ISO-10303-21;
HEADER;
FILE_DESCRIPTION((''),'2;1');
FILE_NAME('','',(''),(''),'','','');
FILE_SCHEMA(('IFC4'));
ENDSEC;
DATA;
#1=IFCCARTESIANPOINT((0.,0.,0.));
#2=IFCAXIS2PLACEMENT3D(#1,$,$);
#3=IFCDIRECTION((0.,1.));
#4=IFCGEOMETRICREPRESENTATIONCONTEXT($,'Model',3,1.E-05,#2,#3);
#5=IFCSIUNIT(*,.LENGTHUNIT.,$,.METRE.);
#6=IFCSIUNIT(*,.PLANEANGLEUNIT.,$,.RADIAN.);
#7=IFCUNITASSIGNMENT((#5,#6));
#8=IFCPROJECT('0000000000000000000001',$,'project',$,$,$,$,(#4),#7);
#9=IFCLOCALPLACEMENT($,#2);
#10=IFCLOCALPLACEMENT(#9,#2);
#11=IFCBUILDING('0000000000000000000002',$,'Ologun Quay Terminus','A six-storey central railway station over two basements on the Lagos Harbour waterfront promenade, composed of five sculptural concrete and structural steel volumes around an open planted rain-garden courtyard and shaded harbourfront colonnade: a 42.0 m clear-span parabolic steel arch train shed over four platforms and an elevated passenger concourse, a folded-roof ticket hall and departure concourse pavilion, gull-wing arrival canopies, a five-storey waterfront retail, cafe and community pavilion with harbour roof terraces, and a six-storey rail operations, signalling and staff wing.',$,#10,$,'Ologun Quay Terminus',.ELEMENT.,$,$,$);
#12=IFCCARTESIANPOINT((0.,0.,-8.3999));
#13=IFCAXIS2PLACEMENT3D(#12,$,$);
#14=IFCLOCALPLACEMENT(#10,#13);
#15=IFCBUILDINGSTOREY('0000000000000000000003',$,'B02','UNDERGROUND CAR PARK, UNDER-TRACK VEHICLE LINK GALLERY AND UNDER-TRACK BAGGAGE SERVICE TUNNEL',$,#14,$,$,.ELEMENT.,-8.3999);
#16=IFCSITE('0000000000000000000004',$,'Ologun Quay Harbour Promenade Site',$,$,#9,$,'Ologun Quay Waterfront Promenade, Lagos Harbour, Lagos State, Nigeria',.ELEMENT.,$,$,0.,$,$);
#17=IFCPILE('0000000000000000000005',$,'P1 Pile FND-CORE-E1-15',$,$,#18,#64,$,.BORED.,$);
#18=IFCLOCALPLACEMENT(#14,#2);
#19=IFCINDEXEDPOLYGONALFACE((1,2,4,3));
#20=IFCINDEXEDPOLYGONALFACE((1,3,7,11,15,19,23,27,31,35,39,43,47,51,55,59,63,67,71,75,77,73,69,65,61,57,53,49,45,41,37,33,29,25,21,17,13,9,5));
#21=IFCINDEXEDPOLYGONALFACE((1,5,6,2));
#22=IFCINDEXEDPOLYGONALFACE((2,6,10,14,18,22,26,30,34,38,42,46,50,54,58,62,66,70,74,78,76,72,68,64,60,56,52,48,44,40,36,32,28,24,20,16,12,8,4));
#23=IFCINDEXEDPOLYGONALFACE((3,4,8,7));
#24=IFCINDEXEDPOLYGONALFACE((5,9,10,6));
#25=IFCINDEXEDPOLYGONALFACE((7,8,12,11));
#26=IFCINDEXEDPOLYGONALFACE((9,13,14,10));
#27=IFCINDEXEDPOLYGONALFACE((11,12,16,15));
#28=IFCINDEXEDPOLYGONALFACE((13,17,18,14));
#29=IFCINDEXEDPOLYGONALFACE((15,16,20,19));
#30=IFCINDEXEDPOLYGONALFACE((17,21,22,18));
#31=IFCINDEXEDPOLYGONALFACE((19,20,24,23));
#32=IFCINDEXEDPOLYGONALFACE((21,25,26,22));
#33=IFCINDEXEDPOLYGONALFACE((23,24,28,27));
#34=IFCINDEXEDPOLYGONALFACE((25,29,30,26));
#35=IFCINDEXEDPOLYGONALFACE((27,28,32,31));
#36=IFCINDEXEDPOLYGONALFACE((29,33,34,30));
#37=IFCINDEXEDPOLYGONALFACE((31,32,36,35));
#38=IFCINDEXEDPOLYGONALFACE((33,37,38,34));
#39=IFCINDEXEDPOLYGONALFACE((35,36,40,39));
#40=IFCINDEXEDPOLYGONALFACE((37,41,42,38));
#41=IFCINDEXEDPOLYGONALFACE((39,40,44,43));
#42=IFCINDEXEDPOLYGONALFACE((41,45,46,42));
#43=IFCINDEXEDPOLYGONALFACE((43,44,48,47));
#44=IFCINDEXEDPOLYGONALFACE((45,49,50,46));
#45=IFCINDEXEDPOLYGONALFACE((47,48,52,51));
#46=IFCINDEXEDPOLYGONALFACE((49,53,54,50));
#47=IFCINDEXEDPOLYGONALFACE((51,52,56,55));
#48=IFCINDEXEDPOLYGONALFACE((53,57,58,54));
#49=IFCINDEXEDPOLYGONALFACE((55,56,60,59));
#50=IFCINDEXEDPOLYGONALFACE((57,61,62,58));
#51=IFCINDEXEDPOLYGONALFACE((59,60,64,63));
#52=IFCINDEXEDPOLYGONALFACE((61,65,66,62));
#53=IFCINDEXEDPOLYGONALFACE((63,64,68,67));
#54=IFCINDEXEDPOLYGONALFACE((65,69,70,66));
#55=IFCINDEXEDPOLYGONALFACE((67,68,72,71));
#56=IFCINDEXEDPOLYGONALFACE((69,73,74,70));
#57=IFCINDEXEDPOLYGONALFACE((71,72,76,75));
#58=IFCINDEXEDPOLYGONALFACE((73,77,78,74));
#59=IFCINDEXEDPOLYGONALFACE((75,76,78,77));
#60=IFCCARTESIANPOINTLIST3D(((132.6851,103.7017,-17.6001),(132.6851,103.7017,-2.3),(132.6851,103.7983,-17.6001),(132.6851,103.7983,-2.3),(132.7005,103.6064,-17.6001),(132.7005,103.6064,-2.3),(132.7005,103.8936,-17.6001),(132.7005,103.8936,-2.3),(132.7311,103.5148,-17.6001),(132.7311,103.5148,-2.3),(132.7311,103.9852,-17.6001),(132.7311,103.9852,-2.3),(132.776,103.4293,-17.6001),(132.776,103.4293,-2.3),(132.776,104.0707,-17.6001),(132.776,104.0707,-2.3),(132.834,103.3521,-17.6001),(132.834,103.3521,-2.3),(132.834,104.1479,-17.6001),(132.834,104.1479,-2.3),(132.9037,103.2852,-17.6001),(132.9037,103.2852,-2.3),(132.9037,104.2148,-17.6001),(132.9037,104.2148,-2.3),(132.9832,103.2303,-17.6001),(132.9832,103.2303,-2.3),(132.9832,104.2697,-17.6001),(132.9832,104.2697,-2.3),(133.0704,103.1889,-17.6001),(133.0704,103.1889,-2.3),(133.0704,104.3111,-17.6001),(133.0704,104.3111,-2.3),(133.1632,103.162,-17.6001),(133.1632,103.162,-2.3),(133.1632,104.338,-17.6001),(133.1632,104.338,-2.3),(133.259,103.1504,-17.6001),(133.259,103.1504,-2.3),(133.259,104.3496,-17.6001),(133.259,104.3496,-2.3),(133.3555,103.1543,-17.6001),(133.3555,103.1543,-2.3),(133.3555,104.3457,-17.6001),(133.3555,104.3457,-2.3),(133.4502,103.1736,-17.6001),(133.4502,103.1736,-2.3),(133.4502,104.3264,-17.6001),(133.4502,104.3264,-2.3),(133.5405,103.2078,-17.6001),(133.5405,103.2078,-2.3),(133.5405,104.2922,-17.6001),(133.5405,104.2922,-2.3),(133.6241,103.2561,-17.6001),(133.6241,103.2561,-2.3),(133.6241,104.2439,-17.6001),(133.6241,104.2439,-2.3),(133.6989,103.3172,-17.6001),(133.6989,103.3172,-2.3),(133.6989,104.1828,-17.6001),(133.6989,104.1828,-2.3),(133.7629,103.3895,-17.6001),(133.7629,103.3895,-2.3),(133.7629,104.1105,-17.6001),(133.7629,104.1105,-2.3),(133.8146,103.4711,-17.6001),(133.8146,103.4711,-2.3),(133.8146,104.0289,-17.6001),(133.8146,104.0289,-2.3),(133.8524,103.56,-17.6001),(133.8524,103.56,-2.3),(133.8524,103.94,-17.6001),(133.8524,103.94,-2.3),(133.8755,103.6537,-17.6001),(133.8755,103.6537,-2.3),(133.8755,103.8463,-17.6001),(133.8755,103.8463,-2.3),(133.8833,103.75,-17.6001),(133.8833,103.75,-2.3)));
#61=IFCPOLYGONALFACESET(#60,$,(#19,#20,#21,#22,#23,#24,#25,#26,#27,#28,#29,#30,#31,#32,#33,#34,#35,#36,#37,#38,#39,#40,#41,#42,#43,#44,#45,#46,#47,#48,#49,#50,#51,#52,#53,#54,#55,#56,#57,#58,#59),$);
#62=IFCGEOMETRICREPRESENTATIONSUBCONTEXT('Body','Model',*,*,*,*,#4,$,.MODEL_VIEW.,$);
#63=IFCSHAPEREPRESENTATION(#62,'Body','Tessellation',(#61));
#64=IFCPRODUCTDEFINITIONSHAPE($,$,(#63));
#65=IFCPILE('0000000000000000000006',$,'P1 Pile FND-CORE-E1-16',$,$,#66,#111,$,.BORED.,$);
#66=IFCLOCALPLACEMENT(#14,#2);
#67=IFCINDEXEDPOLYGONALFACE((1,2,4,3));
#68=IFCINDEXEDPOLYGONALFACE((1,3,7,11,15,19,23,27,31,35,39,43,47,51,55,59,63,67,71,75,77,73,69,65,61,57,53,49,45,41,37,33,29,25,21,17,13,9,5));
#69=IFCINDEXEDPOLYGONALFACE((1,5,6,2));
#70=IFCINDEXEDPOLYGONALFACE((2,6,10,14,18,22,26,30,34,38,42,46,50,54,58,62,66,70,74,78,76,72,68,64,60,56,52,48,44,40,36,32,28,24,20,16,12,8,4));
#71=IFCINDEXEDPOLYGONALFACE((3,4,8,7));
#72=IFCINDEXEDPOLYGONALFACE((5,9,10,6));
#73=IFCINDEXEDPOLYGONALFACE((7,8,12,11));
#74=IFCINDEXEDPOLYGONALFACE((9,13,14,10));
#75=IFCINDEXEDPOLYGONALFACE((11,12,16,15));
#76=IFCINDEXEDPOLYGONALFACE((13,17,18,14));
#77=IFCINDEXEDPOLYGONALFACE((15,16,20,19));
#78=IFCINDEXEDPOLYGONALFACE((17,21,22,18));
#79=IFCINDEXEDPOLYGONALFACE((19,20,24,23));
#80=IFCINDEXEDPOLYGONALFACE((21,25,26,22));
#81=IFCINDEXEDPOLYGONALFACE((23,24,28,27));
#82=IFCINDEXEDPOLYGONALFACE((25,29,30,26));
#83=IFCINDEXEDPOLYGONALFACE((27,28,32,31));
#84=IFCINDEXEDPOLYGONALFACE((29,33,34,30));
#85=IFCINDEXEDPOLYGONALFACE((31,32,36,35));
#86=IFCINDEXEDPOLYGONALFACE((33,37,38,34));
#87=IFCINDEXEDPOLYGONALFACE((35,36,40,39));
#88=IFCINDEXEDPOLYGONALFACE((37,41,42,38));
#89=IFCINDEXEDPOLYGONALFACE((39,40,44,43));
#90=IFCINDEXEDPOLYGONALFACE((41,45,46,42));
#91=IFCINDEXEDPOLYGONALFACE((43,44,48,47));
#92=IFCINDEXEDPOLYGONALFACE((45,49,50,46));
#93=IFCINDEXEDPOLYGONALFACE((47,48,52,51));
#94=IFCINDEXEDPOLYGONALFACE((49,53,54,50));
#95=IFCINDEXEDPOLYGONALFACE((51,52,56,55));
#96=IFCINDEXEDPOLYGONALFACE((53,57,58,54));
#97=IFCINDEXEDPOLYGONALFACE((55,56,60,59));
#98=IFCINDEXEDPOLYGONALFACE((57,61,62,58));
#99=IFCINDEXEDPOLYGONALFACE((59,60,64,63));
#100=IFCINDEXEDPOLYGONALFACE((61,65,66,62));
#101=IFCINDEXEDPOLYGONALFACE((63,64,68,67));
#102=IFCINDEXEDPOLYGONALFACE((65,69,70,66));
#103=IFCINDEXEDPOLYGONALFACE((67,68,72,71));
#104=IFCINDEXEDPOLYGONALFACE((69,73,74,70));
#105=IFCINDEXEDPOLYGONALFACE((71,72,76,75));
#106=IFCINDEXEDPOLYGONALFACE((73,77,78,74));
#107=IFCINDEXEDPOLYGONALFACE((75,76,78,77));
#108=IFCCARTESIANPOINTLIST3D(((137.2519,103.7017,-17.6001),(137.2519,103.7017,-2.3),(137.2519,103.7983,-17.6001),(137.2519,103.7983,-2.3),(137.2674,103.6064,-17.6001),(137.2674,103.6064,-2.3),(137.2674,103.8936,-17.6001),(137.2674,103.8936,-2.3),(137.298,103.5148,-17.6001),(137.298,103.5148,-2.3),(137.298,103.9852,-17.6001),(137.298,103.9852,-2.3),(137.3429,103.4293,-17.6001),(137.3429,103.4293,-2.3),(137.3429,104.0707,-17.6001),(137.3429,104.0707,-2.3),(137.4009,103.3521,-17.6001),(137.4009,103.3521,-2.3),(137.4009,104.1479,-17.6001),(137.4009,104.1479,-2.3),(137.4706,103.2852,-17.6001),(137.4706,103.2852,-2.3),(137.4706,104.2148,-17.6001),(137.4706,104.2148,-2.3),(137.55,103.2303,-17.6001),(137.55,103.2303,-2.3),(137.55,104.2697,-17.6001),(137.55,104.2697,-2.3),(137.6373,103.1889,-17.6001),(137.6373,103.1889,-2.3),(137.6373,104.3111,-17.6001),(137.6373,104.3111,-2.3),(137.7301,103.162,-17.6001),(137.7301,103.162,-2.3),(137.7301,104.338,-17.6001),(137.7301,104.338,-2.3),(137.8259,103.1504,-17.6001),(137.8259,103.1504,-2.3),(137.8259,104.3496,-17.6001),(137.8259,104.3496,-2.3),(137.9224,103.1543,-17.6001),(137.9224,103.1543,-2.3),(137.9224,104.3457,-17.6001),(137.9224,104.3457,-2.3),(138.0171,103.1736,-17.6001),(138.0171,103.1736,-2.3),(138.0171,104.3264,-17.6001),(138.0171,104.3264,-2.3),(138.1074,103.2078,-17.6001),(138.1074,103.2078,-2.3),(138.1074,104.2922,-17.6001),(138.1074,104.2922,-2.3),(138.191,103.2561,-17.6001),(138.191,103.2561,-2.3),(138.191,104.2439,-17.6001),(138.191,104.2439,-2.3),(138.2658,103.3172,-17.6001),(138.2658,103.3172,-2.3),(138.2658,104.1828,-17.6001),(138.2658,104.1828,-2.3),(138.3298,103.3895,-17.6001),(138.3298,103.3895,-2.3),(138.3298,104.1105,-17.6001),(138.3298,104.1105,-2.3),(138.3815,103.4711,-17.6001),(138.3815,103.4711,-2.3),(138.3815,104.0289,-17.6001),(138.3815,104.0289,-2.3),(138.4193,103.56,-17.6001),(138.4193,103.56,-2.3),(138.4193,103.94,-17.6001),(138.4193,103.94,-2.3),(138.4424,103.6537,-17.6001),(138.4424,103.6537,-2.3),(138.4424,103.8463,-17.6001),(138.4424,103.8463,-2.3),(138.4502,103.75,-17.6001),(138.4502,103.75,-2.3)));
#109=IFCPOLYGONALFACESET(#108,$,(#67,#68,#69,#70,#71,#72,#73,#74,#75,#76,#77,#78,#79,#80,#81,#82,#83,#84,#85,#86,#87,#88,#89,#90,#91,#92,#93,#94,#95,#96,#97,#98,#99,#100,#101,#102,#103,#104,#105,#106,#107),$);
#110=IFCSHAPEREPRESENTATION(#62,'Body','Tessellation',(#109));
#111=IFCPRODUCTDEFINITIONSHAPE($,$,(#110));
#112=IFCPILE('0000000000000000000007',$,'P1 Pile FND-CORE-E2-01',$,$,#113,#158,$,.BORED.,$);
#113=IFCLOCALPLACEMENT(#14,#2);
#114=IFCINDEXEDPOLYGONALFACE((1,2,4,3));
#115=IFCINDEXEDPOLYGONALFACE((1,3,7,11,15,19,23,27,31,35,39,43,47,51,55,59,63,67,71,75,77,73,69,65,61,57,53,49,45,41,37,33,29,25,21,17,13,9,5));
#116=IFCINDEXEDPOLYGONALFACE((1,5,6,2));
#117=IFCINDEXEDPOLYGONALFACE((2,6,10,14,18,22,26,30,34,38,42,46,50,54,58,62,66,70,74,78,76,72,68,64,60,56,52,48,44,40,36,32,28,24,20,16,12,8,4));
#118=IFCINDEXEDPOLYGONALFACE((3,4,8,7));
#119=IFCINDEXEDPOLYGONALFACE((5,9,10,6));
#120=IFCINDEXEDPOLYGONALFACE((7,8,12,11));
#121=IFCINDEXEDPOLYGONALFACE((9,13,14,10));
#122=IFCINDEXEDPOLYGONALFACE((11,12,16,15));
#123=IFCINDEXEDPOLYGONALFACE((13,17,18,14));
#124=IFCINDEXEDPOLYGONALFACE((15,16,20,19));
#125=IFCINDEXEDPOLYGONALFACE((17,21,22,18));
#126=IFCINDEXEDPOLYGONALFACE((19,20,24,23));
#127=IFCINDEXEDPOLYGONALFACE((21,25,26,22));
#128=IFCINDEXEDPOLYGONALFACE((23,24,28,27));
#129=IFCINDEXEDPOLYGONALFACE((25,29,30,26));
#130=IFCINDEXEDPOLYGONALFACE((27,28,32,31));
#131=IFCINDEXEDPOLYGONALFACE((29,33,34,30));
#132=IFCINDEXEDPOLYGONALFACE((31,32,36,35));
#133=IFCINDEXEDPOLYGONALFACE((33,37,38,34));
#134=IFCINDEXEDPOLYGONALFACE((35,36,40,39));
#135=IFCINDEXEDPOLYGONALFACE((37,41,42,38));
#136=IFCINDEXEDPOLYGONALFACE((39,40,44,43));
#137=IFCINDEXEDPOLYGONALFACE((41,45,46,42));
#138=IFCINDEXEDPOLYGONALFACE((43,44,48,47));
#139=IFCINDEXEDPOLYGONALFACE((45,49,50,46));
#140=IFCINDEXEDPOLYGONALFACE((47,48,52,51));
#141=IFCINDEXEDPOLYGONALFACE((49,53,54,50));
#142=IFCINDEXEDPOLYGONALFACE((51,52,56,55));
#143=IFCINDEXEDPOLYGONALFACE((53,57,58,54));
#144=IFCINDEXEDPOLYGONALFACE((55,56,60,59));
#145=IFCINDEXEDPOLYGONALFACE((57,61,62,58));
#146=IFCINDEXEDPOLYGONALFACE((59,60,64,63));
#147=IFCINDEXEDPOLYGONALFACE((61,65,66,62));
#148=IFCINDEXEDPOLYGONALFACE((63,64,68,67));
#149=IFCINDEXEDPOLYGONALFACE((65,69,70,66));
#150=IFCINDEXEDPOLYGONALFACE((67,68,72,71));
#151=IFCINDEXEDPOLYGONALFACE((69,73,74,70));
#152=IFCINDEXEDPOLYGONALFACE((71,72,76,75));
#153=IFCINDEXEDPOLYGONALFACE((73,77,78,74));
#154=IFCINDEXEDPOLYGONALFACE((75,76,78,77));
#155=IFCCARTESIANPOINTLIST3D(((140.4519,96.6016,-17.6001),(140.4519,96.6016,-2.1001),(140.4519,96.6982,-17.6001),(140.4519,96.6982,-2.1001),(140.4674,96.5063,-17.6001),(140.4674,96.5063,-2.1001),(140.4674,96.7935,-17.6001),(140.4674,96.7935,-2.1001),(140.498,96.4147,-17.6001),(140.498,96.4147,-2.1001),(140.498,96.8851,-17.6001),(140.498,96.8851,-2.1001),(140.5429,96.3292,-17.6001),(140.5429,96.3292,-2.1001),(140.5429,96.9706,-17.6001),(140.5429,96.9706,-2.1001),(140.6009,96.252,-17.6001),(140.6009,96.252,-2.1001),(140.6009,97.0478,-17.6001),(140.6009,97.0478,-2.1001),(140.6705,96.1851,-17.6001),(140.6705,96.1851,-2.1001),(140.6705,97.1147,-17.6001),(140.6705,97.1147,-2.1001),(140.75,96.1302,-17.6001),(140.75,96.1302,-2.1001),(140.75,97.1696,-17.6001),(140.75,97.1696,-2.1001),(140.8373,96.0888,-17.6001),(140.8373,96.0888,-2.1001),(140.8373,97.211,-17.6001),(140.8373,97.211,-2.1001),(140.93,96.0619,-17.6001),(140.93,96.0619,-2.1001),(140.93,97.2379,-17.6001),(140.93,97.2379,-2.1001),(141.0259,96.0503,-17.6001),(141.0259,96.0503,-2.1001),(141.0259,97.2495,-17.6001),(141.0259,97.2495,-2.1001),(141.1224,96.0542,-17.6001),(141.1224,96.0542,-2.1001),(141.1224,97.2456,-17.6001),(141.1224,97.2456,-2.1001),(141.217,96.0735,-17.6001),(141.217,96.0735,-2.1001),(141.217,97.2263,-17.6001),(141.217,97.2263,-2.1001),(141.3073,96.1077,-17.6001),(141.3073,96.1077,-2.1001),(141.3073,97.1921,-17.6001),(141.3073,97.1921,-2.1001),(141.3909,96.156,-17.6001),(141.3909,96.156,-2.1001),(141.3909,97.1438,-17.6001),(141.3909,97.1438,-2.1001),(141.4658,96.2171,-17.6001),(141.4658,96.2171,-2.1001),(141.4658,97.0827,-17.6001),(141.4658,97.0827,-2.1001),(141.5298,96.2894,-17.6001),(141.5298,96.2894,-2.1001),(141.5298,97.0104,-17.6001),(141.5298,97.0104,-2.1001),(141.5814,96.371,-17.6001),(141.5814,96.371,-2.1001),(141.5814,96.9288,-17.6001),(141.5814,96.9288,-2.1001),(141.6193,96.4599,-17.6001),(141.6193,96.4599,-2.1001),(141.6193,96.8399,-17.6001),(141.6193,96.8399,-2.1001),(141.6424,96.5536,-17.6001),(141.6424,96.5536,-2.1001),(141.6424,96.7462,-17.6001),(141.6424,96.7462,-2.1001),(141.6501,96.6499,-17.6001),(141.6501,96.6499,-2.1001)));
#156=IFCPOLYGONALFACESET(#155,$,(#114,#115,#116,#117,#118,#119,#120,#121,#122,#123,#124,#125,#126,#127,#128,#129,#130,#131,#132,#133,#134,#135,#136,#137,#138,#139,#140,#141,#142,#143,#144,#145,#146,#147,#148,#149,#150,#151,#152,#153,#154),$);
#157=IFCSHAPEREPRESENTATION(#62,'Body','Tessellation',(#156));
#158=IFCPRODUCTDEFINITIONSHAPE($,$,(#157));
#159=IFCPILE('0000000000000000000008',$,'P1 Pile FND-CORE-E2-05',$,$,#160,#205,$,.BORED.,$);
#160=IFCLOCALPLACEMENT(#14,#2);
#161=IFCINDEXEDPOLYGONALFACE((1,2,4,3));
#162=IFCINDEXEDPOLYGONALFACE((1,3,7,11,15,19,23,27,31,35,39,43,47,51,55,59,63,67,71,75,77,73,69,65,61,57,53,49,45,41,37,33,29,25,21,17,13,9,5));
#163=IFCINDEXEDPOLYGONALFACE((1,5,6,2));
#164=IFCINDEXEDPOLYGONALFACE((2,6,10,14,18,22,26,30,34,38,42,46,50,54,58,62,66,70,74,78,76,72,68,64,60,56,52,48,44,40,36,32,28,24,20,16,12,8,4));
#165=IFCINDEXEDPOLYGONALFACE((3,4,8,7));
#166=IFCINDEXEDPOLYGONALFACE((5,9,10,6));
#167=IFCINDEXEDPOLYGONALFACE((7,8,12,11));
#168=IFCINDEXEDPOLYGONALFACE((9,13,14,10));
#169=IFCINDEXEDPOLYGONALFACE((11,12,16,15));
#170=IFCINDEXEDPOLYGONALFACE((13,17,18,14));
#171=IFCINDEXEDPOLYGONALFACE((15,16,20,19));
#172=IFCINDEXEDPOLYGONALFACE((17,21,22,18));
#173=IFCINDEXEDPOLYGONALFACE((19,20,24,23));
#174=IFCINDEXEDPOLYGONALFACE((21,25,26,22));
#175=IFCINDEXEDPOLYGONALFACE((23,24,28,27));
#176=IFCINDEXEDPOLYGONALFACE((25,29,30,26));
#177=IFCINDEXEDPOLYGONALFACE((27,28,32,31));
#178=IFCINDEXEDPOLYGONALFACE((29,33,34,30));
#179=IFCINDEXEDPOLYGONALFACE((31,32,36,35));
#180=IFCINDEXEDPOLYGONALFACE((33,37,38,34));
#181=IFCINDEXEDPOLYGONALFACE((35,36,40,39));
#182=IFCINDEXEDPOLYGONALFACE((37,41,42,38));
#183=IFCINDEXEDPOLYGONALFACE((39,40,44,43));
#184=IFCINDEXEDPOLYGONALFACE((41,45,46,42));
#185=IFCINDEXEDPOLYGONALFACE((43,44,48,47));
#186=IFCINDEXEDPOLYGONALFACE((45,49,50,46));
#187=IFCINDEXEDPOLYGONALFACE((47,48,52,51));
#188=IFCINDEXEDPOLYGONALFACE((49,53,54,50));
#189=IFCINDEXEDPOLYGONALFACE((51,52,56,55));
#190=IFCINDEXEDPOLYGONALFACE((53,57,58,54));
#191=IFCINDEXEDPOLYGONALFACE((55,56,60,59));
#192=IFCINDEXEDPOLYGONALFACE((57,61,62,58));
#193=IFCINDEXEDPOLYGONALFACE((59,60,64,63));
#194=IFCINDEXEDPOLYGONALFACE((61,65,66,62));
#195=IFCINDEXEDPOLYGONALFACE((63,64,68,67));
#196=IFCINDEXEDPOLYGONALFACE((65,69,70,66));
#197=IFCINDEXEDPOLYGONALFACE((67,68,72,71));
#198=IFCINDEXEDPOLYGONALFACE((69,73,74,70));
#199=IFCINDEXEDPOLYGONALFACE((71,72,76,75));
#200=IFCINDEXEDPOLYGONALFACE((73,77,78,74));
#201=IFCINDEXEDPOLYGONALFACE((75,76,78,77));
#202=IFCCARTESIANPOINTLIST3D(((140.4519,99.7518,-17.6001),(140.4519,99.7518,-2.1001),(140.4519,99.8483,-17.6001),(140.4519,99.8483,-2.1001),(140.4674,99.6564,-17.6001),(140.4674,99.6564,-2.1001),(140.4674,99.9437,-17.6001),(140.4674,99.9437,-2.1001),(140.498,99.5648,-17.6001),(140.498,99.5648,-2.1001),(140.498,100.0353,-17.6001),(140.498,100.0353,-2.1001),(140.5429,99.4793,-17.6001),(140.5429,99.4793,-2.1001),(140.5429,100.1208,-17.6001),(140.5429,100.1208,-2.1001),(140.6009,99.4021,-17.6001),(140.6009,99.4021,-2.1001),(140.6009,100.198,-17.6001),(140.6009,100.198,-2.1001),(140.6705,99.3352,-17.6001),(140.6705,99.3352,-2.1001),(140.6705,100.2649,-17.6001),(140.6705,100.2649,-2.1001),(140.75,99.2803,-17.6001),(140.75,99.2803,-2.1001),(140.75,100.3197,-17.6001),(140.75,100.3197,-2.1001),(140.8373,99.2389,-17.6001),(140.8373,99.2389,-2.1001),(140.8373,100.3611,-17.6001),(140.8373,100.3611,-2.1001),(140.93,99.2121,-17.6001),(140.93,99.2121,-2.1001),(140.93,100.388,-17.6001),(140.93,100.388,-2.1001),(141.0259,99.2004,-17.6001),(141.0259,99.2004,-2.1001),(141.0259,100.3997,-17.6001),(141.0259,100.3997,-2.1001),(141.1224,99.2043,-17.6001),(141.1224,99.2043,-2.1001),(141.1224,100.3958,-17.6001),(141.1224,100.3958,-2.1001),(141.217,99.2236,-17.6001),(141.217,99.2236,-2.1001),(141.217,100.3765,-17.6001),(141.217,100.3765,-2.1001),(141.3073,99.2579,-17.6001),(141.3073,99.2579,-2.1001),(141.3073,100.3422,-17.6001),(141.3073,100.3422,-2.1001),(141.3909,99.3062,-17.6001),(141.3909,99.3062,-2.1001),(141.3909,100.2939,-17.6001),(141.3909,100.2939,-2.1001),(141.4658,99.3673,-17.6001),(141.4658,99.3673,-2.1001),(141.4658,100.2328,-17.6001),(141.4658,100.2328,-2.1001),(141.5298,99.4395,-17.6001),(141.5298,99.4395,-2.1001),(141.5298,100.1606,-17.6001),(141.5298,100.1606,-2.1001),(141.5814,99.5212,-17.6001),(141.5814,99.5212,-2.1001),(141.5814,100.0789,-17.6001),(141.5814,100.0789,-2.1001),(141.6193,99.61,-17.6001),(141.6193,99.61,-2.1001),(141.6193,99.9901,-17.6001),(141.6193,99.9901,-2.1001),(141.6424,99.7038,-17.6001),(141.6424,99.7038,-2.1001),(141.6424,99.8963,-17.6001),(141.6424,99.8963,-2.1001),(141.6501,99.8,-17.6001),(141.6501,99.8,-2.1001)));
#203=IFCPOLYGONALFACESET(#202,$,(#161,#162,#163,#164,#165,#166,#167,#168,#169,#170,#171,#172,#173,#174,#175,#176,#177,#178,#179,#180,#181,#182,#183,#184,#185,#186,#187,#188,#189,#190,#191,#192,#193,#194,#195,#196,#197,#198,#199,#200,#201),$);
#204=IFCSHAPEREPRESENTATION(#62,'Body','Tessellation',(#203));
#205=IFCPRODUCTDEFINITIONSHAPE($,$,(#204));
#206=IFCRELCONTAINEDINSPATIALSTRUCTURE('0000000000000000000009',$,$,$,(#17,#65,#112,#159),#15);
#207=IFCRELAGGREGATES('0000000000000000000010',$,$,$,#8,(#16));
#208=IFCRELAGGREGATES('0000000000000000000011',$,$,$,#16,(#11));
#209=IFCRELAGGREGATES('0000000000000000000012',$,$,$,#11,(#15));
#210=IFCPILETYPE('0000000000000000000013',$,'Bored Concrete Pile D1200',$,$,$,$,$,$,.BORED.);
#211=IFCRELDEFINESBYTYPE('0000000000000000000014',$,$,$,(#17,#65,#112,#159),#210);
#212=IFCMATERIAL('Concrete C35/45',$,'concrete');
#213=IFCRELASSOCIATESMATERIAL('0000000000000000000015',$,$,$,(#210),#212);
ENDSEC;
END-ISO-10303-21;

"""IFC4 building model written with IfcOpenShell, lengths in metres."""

from ifc_helpers import new_model, si_unit, direction, frame, origin, origin_2d, place, context, subcontext, project, spatial, circle, extrude, material, material_profile, profile_set, type_object, element, save


model = new_model("IFC4")

# Units and contexts
model_context = context("Model", 3, precision=1e-05, world=origin(), true_north=direction((0.0, 1.0)))
body_context = subcontext(model_context, "Body", "Model", "MODEL_VIEW")
ifc_project = project(units=[si_unit("LENGTHUNIT", "METRE"), si_unit("PLANEANGLEUNIT", "RADIAN")], contexts=[model_context])

# Site, building, storey
site_placement = place(None, origin())
site = spatial("IfcSite", under=ifc_project, at=site_placement, Name="Ologun Quay Harbour Promenade Site", LongName="Ologun Quay Waterfront Promenade, Lagos Harbour, Lagos State, Nigeria", CompositionType="ELEMENT", RefElevation=0.0)
building_placement = place(site_placement, origin())
building = spatial("IfcBuilding", under=site, at=building_placement, Name="Ologun Quay Terminus", Description="A six-storey central railway station over two basements on the Lagos Harbour waterfront promenade, composed of five sculptural concrete and structural steel volumes around an open planted rain-garden courtyard and shaded harbourfront colonnade: a 42.0 m clear-span parabolic steel arch train shed over four platforms and an elevated passenger concourse, a folded-roof ticket hall and departure concourse pavilion, gull-wing arrival canopies, a five-storey waterfront retail, cafe and community pavilion with harbour roof terraces, and a six-storey rail operations, signalling and staff wing.", LongName="Ologun Quay Terminus", CompositionType="ELEMENT")
storey_placement = place(building_placement, frame((0.0, 0.0, -8.3999)))
storey = spatial("IfcBuildingStorey", under=building, at=storey_placement, Name="B02", Description="UNDERGROUND CAR PARK, UNDER-TRACK VEHICLE LINK GALLERY AND UNDER-TRACK BAGGAGE SERVICE TUNNEL", CompositionType="ELEMENT", Elevation=-8.3999)

# Piles
ifc_material_1 = material(Name="Concrete C35/45", Category="concrete")
ifc_material_profile_1 = material_profile(ifc_material_1, circle(Radius=0.6001, at=origin_2d()), Name="PILE D1200")
ifc_profile_set_1 = profile_set([ifc_material_profile_1], Name="Concrete C35/45")
pile_type = type_object("IfcPileType", Name="Bored Concrete Pile D1200", PredefinedType="BORED", material=ifc_profile_set_1)
for number, where, z_axis, x_axis, name in (
    (1, (133.2832, 103.75, -2.3), (0.0, 0.0, -1.0), (1.0, 0.0, 0.0), "P1 Pile FND-CORE-E1-15"),
    (2, (137.8501, 103.75, -2.3), (0.0, 0.0, -1.0), (1.0, 0.0, 0.0), "P1 Pile FND-CORE-E1-16"),
):
    element("IfcPile", number, at=place(storey_placement, frame(where, z_axis=z_axis, x_axis=x_axis)), inside=storey, type_object=pile_type, Name=name, PredefinedType="BORED", context=body_context, shape_type="SweptSolid", body=[
        extrude(circle(Radius=0.6001, at=origin_2d()), origin(), (0.0, 0.0, 1.0), 15.3),
    ])
for number, where, z_axis, x_axis, name in (
    (3, (141.05, 96.6499, -2.1001), (0.0, 0.0, -1.0), (1.0, 0.0, 0.0), "P1 Pile FND-CORE-E2-01"),
    (4, (141.05, 99.8, -2.1001), (0.0, 0.0, -1.0), (1.0, 0.0, 0.0), "P1 Pile FND-CORE-E2-05"),
):
    element("IfcPile", number, at=place(storey_placement, frame(where, z_axis=z_axis, x_axis=x_axis)), inside=storey, type_object=pile_type, Name=name, PredefinedType="BORED", context=body_context, shape_type="SweptSolid", body=[
        extrude(circle(Radius=0.6001, at=origin_2d()), origin(), (0.0, 0.0, 1.0), 15.5),
    ])

save(model, "model.ifc")
